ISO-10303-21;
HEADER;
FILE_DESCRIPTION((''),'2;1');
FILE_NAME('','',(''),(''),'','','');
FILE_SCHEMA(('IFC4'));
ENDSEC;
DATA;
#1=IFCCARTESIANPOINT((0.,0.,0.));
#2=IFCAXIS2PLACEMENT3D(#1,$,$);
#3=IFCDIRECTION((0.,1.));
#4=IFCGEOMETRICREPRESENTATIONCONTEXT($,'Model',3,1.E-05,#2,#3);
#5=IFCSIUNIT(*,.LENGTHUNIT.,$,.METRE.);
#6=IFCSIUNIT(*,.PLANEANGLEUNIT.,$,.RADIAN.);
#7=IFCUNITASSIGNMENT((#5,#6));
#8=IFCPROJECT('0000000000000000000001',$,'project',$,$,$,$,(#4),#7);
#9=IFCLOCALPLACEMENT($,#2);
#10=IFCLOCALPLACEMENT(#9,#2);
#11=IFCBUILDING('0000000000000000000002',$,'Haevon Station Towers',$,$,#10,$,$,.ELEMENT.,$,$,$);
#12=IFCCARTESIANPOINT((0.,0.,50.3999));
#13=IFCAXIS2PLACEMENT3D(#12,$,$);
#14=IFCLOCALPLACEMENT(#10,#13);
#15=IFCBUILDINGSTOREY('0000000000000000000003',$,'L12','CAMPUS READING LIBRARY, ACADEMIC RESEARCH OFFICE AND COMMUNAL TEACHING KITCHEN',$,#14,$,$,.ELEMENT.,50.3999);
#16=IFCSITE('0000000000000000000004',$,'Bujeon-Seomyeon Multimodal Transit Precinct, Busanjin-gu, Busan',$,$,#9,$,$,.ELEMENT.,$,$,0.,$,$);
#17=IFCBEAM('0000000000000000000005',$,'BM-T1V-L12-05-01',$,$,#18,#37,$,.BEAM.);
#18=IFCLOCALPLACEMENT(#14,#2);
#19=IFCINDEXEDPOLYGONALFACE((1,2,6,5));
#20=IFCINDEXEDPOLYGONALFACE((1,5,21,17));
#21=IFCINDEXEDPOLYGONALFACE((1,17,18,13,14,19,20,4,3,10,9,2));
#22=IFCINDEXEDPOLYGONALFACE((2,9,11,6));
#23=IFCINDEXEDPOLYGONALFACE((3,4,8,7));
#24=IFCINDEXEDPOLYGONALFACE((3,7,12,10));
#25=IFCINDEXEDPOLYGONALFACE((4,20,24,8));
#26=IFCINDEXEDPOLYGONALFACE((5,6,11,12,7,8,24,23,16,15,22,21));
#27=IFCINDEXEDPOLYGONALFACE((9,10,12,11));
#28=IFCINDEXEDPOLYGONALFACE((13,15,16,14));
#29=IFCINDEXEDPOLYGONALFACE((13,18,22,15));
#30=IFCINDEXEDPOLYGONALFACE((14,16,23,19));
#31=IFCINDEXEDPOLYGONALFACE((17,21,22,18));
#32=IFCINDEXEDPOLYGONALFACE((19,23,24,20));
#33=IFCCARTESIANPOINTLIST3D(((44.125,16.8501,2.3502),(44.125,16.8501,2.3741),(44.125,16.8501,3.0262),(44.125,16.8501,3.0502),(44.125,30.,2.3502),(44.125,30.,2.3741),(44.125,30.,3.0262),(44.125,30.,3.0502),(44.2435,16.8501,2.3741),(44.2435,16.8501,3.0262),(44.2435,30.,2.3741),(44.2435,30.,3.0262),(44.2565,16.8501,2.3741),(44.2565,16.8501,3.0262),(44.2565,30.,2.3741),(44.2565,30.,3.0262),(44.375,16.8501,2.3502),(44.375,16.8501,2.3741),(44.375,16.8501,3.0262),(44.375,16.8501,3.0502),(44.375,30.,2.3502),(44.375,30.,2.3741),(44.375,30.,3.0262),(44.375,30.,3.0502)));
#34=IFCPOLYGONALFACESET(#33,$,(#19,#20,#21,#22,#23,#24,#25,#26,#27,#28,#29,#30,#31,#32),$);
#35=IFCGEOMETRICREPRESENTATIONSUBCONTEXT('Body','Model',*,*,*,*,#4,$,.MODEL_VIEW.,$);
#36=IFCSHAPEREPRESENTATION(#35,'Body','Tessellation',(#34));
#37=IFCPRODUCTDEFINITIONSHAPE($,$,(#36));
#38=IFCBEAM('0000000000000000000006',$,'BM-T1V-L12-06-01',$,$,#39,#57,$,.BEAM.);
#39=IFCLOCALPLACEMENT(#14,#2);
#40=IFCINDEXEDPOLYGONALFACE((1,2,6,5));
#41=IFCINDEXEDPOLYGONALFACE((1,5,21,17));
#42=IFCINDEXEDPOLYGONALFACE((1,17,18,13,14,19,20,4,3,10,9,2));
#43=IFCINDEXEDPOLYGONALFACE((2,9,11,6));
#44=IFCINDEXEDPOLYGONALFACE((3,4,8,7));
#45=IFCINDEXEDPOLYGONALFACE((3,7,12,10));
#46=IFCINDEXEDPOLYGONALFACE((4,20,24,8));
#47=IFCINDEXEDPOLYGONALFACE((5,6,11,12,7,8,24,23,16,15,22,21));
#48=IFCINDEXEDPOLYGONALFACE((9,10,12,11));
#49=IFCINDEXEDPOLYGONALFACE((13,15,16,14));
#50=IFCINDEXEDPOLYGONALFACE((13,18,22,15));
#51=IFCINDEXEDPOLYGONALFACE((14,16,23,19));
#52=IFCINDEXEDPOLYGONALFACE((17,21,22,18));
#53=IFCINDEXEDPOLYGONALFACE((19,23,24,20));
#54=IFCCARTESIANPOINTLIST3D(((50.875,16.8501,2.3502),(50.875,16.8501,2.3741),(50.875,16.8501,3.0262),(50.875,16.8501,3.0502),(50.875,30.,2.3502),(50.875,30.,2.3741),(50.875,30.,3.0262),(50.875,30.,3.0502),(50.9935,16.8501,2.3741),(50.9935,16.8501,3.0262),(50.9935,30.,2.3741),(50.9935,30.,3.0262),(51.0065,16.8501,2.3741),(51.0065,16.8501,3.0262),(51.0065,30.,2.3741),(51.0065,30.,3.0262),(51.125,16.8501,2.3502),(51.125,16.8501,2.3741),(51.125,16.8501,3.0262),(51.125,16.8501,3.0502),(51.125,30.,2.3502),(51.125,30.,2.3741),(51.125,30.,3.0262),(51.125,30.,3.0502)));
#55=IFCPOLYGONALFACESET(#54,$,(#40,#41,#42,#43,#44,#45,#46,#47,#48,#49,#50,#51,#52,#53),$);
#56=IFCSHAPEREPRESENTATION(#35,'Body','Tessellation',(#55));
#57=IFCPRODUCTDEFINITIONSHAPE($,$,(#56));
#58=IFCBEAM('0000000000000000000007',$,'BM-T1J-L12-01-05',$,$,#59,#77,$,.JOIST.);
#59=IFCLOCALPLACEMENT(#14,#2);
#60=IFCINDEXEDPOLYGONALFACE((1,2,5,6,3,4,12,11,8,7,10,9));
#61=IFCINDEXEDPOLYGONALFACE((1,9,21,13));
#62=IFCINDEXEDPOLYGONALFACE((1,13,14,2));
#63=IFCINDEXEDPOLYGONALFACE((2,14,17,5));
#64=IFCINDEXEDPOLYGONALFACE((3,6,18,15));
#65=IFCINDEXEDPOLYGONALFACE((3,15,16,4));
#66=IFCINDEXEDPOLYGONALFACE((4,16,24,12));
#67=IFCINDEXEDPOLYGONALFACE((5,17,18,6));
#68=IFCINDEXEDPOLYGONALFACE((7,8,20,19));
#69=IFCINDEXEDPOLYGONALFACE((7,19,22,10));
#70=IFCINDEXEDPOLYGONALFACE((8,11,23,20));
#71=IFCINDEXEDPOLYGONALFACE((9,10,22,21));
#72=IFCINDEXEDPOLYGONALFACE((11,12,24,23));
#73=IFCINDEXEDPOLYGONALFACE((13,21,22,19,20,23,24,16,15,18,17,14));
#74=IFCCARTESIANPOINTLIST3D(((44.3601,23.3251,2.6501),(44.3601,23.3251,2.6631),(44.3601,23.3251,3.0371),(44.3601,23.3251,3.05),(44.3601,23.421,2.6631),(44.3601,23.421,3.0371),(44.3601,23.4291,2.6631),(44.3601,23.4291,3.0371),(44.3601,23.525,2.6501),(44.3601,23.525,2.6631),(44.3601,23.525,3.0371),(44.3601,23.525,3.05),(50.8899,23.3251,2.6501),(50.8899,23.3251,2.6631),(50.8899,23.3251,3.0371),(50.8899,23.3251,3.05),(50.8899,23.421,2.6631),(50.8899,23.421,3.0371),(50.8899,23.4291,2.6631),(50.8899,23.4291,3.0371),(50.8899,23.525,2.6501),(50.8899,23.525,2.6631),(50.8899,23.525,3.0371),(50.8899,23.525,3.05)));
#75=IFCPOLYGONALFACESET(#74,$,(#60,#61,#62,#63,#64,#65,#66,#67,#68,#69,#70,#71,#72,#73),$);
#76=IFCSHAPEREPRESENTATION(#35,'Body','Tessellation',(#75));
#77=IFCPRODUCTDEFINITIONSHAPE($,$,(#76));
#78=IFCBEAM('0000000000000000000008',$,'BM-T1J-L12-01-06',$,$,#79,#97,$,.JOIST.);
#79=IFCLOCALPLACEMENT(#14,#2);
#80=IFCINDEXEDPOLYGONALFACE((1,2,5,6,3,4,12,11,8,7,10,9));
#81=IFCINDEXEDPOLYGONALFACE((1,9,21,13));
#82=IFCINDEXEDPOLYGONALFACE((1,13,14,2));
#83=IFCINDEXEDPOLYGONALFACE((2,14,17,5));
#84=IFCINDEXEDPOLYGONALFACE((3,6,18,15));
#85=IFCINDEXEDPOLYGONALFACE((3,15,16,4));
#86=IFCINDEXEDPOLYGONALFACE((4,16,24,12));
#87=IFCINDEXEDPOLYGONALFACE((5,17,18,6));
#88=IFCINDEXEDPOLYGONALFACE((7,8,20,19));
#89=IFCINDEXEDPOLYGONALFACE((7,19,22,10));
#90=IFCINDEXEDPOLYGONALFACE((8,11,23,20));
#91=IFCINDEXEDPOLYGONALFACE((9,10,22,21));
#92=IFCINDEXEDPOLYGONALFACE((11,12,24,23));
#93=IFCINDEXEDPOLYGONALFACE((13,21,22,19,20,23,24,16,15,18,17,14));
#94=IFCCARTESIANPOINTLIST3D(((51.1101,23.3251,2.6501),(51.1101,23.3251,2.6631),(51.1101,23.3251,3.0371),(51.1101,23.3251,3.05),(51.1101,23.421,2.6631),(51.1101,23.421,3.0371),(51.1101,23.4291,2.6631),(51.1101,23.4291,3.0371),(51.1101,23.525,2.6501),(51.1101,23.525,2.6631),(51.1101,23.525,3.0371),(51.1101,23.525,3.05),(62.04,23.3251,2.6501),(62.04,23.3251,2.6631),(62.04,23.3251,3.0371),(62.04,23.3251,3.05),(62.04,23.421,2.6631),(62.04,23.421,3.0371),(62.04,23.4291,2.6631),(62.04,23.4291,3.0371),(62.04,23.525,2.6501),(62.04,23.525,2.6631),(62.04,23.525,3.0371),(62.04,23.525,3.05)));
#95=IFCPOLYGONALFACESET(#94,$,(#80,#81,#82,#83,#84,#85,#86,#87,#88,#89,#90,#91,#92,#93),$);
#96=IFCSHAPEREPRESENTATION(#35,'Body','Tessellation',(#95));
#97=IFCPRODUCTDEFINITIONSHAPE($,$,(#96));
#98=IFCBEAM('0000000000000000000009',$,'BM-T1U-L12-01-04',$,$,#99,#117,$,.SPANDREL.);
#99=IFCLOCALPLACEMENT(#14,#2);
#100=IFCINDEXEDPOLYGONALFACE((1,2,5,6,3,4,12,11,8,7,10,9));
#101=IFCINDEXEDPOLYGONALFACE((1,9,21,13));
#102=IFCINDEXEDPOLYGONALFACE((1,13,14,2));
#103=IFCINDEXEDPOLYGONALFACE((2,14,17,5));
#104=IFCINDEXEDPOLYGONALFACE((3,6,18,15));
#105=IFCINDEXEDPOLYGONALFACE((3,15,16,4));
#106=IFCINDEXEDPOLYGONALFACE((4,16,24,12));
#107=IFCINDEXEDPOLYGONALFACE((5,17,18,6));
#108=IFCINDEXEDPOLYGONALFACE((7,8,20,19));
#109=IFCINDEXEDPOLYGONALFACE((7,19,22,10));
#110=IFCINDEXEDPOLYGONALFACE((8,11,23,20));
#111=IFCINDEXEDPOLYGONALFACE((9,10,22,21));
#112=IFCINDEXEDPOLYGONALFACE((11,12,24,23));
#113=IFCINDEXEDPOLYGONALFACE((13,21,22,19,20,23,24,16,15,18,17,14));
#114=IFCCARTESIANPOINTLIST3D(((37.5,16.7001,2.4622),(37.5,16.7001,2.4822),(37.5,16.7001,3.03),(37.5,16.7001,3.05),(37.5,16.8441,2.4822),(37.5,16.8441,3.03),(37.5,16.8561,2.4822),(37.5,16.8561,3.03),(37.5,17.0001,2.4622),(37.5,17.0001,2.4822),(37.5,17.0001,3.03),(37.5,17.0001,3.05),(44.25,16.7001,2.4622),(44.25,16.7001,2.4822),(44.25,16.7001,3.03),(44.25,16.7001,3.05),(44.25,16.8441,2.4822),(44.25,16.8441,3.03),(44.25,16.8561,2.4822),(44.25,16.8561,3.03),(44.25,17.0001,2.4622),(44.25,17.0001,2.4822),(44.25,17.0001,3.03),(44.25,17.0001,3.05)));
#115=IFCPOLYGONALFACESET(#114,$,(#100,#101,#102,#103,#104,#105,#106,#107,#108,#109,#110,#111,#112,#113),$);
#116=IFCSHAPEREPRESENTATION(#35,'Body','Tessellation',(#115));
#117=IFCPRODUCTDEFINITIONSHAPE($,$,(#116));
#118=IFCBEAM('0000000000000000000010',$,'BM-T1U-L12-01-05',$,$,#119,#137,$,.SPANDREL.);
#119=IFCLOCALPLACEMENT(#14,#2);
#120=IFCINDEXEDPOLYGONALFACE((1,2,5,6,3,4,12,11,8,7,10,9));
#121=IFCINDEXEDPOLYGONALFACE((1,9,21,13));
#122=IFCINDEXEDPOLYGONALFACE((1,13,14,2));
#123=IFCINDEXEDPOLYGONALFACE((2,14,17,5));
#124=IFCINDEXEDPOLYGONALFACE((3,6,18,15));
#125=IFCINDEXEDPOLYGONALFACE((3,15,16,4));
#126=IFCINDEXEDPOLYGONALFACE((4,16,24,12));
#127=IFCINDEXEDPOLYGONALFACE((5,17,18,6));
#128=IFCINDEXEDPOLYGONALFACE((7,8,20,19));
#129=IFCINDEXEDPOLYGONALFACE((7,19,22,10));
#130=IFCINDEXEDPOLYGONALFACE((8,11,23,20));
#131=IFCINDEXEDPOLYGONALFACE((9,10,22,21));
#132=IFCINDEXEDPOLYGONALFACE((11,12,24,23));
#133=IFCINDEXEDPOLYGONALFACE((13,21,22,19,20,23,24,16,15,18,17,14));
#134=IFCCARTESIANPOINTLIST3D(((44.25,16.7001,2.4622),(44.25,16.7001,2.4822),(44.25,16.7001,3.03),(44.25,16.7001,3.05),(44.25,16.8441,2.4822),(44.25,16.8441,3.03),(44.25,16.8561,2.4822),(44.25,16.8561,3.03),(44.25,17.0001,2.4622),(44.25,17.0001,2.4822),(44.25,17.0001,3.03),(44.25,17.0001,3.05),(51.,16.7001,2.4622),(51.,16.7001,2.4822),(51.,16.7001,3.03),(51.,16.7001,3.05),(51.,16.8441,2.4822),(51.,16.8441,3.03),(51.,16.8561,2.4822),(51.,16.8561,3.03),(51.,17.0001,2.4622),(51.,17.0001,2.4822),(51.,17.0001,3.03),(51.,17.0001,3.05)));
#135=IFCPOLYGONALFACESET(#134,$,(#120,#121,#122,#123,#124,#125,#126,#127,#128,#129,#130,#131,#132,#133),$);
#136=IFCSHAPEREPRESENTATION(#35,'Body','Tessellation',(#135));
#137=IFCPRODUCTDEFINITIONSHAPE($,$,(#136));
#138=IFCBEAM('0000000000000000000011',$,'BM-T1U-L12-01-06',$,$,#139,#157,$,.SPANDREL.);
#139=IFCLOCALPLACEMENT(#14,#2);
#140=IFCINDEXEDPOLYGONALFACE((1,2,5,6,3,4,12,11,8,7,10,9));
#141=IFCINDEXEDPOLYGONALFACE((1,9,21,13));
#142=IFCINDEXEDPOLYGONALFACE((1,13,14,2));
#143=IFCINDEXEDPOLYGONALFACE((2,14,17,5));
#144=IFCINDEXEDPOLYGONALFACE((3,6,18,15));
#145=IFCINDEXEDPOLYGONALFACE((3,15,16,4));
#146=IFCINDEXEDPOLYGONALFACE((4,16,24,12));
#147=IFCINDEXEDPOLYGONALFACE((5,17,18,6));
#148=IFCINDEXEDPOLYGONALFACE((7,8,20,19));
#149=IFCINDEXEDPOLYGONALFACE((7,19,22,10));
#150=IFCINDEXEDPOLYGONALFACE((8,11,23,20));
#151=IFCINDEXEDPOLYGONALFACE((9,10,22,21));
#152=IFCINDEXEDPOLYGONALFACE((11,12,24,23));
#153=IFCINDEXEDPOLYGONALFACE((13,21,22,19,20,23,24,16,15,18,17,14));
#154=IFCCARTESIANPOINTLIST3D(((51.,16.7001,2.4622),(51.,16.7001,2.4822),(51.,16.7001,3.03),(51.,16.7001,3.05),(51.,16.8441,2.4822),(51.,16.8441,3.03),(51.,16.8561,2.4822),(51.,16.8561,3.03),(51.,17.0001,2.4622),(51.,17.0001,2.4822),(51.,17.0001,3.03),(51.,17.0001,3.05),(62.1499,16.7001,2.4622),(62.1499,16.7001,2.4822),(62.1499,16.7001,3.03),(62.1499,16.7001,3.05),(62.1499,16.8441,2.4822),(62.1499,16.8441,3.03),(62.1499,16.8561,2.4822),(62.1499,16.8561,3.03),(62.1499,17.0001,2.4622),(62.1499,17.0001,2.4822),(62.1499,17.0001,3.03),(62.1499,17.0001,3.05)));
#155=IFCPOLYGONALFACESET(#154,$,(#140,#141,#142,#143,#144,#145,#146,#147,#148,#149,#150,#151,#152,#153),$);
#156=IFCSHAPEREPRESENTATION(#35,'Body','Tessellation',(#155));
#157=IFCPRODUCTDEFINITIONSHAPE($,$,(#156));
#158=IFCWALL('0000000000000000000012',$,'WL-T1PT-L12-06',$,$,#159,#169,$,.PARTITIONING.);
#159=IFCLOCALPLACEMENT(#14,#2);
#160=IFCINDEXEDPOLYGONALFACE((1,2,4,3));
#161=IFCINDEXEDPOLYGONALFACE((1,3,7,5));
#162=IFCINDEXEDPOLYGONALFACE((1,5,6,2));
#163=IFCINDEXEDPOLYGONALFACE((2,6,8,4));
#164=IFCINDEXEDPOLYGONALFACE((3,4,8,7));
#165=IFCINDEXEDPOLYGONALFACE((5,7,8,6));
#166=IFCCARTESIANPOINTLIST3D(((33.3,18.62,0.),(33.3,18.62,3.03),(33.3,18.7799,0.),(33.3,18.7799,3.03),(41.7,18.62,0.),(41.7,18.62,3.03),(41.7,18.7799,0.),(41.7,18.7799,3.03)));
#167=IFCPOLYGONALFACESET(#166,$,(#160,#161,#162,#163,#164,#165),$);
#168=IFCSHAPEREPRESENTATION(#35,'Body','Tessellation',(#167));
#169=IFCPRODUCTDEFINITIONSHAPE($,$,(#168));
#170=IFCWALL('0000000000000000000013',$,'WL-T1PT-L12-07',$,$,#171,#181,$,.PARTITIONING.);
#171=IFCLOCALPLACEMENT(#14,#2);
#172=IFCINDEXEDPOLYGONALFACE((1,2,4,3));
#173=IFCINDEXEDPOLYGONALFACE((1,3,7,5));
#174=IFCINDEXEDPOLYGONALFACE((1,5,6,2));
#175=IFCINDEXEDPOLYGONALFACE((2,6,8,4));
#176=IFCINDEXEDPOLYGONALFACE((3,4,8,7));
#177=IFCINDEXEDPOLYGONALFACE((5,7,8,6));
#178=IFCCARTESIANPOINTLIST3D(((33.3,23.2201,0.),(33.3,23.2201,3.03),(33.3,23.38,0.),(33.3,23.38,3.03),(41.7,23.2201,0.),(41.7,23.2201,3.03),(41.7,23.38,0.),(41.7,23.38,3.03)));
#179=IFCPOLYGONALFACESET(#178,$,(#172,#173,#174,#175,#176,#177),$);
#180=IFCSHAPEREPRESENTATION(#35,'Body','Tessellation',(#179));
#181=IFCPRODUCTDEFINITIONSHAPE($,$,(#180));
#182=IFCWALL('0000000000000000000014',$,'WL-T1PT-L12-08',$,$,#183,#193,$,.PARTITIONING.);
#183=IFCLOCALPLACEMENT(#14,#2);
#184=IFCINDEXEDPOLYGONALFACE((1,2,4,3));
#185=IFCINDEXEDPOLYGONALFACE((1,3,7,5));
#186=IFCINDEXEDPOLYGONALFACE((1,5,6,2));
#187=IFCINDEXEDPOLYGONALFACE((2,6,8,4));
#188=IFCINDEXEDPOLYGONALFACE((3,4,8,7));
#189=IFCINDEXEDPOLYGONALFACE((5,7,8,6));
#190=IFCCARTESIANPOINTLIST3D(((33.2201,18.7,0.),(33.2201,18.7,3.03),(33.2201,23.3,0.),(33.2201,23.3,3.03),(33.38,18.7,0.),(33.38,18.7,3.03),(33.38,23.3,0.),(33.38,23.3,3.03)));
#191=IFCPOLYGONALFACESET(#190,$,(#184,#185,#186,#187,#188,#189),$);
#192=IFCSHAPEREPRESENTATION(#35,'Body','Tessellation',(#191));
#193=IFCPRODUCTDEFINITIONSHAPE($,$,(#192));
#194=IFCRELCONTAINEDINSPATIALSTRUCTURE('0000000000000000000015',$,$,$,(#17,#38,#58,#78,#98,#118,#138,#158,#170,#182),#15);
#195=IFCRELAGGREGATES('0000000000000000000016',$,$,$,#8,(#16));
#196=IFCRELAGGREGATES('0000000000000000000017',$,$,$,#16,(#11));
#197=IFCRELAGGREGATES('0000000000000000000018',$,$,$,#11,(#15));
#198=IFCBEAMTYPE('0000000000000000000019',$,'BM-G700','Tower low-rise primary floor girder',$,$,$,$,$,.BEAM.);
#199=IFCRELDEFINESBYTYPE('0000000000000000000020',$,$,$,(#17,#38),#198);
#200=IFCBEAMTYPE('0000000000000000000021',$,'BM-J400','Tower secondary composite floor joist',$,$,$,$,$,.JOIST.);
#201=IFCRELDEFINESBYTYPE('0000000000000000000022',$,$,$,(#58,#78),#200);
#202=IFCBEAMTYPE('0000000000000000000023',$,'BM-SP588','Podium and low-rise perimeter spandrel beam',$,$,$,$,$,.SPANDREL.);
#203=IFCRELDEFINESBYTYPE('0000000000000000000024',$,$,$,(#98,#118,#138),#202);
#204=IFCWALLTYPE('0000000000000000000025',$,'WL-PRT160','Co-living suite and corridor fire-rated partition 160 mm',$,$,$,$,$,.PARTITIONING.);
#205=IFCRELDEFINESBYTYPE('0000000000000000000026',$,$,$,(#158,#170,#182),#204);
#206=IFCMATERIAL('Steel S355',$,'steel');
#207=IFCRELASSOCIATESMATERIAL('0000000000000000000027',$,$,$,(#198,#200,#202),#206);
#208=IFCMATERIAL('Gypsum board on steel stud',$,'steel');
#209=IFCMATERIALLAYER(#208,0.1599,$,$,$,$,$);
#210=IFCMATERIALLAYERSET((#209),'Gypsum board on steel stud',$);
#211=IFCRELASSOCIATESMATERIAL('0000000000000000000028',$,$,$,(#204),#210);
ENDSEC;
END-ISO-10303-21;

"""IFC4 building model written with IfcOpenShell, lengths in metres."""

from ifc_helpers import new_model, si_unit, direction, frame, frame_2d, origin, origin_2d, place, context, subcontext, project, spatial, rectangle, i_section, extrude, material, layer, layer_set, material_profile, profile_set, type_object, element, save


model = new_model("IFC4")

# Units and contexts
model_context = context("Model", 3, precision=1e-05, world=origin(), true_north=direction((0.0, 1.0)))
body_context = subcontext(model_context, "Body", "Model", "MODEL_VIEW")
ifc_project = project(units=[si_unit("LENGTHUNIT", "METRE"), si_unit("PLANEANGLEUNIT", "RADIAN")], contexts=[model_context])

# Site, building, storey
site_placement = place(None, origin())
site = spatial("IfcSite", under=ifc_project, at=site_placement, Name="Bujeon-Seomyeon Multimodal Transit Precinct, Busanjin-gu, Busan", CompositionType="ELEMENT", RefElevation=0.0)
building_placement = place(site_placement, origin())
building = spatial("IfcBuilding", under=site, at=building_placement, Name="Haevon Station Towers", CompositionType="ELEMENT")
storey_placement = place(building_placement, frame((0.0, 0.0, 50.3999)))
storey = spatial("IfcBuildingStorey", under=building, at=storey_placement, Name="L12", Description="CAMPUS READING LIBRARY, ACADEMIC RESEARCH OFFICE AND COMMUNAL TEACHING KITCHEN", CompositionType="ELEMENT", Elevation=50.3999)

# Beams
ifc_material_1 = material(Name="Steel S355", Category="steel")
ifc_material_profile_1 = material_profile(ifc_material_1, i_section(OverallWidth=0.25, OverallDepth=0.7, WebThickness=0.0129, FlangeThickness=0.0239, at=origin_2d()), Name="H-700x250x13x24")
ifc_profile_set_1 = profile_set([ifc_material_profile_1], Name="Steel S355")
beam_type_1 = type_object("IfcBeamType", Name="BM-G700", Description="Tower low-rise primary floor girder", PredefinedType="BEAM", material=ifc_profile_set_1)
for number, where, z_axis, x_axis, name in (
    (1, (44.25, 16.8501, 2.7002), (0.0, 1.0, 0.0), (-1.0, 0.0, 0.0), "BM-T1V-L12-05-01"),
    (2, (51.0, 16.8501, 2.7002), (0.0, 1.0, 0.0), (-1.0, 0.0, 0.0), "BM-T1V-L12-06-01"),
):
    element("IfcBeam", number, at=place(storey_placement, frame(where, z_axis=z_axis, x_axis=x_axis)), inside=storey, type_object=beam_type_1, Name=name, PredefinedType="BEAM", context=body_context, shape_type="SweptSolid", body=[
        extrude(i_section(OverallWidth=0.25, OverallDepth=0.7, WebThickness=0.0129, FlangeThickness=0.0239, at=origin_2d()), origin(), (0.0, 0.0, 1.0), 13.1499),
    ])
ifc_material_profile_2 = material_profile(ifc_material_1, i_section(OverallWidth=0.2, OverallDepth=0.3999, WebThickness=0.0081, FlangeThickness=0.0129, at=origin_2d()), Name="H-400x200x8x13")
ifc_profile_set_2 = profile_set([ifc_material_profile_2], Name="Steel S355")
beam_type_2 = type_object("IfcBeamType", Name="BM-J400", Description="Tower secondary composite floor joist", PredefinedType="JOIST", material=ifc_profile_set_2)
beam_1_placement = place(storey_placement, frame((44.3601, 23.425, 2.8501), z_axis=(1.0, 0.0, 0.0), x_axis=(0.0, 1.0, 0.0)))
element("IfcBeam", 3, at=beam_1_placement, inside=storey, type_object=beam_type_2, Name="BM-T1J-L12-01-05", PredefinedType="JOIST", context=body_context, shape_type="SweptSolid", body=[
    extrude(i_section(OverallWidth=0.2, OverallDepth=0.3999, WebThickness=0.0081, FlangeThickness=0.0129, at=origin_2d()), origin(), (0.0, 0.0, 1.0), 6.5298),
])
beam_2_placement = place(storey_placement, frame((51.1101, 23.425, 2.8501), z_axis=(1.0, 0.0, 0.0), x_axis=(0.0, 1.0, 0.0)))
element("IfcBeam", 4, at=beam_2_placement, inside=storey, type_object=beam_type_2, Name="BM-T1J-L12-01-06", PredefinedType="JOIST", context=body_context, shape_type="SweptSolid", body=[
    extrude(i_section(OverallWidth=0.2, OverallDepth=0.3999, WebThickness=0.0081, FlangeThickness=0.0129, at=origin_2d()), origin(), (0.0, 0.0, 1.0), 10.9299),
])
ifc_material_profile_3 = material_profile(ifc_material_1, i_section(OverallWidth=0.3, OverallDepth=0.5879, WebThickness=0.012, FlangeThickness=0.02, at=origin_2d()), Name="H-588x300x12x20")
ifc_profile_set_3 = profile_set([ifc_material_profile_3], Name="Steel S355")
beam_type_3 = type_object("IfcBeamType", Name="BM-SP588", Description="Podium and low-rise perimeter spandrel beam", PredefinedType="SPANDREL", material=ifc_profile_set_3)
for number, where, z_axis, x_axis, name in (
    (5, (37.5, 16.8501, 2.7561), (1.0, 0.0, 0.0), (0.0, 1.0, 0.0), "BM-T1U-L12-01-04"),
    (6, (44.25, 16.8501, 2.7561), (1.0, 0.0, 0.0), (0.0, 1.0, 0.0), "BM-T1U-L12-01-05"),
):
    element("IfcBeam", number, at=place(storey_placement, frame(where, z_axis=z_axis, x_axis=x_axis)), inside=storey, type_object=beam_type_3, Name=name, PredefinedType="SPANDREL", context=body_context, shape_type="SweptSolid", body=[
        extrude(i_section(OverallWidth=0.3, OverallDepth=0.5879, WebThickness=0.012, FlangeThickness=0.02, at=origin_2d()), origin(), (0.0, 0.0, 1.0), 6.75),
    ])
beam_3_placement = place(storey_placement, frame((51.0, 16.8501, 2.7561), z_axis=(1.0, 0.0, 0.0), x_axis=(0.0, 1.0, 0.0)))
element("IfcBeam", 7, at=beam_3_placement, inside=storey, type_object=beam_type_3, Name="BM-T1U-L12-01-06", PredefinedType="SPANDREL", context=body_context, shape_type="SweptSolid", body=[
    extrude(i_section(OverallWidth=0.3, OverallDepth=0.5879, WebThickness=0.012, FlangeThickness=0.02, at=origin_2d()), origin(), (0.0, 0.0, 1.0), 11.1499),
])

# Walls
ifc_material_2 = material(Name="Gypsum board on steel stud", Category="steel")
ifc_layer_1 = layer(ifc_material_2, 0.1599)
ifc_layer_set_1 = layer_set([ifc_layer_1], Name="Gypsum board on steel stud")
wall_type = type_object("IfcWallType", Name="WL-PRT160", Description="Co-living suite and corridor fire-rated partition 160 mm", PredefinedType="PARTITIONING", material=ifc_layer_set_1)
for number, where, z_axis, x_axis, name in (
    (8, (33.3, 18.7, 0.0), (0.0, 0.0, 1.0), (1.0, 0.0, 0.0), "WL-T1PT-L12-06"),
    (9, (33.3, 23.3, 0.0), (0.0, 0.0, 1.0), (1.0, 0.0, 0.0), "WL-T1PT-L12-07"),
):
    element("IfcWall", number, at=place(storey_placement, frame(where, z_axis=z_axis, x_axis=x_axis)), inside=storey, type_object=wall_type, Name=name, PredefinedType="PARTITIONING", context=body_context, shape_type="SweptSolid", body=[
        extrude(rectangle(XDim=8.3999, YDim=0.1599, at=frame_2d((4.2, 0.0))), origin(), (0.0, 0.0, 1.0), 3.03),
    ])
for number, where, z_axis, x_axis, name in (
    (10, (33.3, 18.7, 0.0), (0.0, 0.0, 1.0), (0.0, 1.0, 0.0), "WL-T1PT-L12-08"),
):
    element("IfcWall", number, at=place(storey_placement, frame(where, z_axis=z_axis, x_axis=x_axis)), inside=storey, type_object=wall_type, Name=name, PredefinedType="PARTITIONING", context=body_context, shape_type="SweptSolid", body=[
        extrude(rectangle(XDim=4.6001, YDim=0.1599, at=frame_2d((2.3, 0.0))), origin(), (0.0, 0.0, 1.0), 3.03),
    ])

save(model, "model.ifc")
